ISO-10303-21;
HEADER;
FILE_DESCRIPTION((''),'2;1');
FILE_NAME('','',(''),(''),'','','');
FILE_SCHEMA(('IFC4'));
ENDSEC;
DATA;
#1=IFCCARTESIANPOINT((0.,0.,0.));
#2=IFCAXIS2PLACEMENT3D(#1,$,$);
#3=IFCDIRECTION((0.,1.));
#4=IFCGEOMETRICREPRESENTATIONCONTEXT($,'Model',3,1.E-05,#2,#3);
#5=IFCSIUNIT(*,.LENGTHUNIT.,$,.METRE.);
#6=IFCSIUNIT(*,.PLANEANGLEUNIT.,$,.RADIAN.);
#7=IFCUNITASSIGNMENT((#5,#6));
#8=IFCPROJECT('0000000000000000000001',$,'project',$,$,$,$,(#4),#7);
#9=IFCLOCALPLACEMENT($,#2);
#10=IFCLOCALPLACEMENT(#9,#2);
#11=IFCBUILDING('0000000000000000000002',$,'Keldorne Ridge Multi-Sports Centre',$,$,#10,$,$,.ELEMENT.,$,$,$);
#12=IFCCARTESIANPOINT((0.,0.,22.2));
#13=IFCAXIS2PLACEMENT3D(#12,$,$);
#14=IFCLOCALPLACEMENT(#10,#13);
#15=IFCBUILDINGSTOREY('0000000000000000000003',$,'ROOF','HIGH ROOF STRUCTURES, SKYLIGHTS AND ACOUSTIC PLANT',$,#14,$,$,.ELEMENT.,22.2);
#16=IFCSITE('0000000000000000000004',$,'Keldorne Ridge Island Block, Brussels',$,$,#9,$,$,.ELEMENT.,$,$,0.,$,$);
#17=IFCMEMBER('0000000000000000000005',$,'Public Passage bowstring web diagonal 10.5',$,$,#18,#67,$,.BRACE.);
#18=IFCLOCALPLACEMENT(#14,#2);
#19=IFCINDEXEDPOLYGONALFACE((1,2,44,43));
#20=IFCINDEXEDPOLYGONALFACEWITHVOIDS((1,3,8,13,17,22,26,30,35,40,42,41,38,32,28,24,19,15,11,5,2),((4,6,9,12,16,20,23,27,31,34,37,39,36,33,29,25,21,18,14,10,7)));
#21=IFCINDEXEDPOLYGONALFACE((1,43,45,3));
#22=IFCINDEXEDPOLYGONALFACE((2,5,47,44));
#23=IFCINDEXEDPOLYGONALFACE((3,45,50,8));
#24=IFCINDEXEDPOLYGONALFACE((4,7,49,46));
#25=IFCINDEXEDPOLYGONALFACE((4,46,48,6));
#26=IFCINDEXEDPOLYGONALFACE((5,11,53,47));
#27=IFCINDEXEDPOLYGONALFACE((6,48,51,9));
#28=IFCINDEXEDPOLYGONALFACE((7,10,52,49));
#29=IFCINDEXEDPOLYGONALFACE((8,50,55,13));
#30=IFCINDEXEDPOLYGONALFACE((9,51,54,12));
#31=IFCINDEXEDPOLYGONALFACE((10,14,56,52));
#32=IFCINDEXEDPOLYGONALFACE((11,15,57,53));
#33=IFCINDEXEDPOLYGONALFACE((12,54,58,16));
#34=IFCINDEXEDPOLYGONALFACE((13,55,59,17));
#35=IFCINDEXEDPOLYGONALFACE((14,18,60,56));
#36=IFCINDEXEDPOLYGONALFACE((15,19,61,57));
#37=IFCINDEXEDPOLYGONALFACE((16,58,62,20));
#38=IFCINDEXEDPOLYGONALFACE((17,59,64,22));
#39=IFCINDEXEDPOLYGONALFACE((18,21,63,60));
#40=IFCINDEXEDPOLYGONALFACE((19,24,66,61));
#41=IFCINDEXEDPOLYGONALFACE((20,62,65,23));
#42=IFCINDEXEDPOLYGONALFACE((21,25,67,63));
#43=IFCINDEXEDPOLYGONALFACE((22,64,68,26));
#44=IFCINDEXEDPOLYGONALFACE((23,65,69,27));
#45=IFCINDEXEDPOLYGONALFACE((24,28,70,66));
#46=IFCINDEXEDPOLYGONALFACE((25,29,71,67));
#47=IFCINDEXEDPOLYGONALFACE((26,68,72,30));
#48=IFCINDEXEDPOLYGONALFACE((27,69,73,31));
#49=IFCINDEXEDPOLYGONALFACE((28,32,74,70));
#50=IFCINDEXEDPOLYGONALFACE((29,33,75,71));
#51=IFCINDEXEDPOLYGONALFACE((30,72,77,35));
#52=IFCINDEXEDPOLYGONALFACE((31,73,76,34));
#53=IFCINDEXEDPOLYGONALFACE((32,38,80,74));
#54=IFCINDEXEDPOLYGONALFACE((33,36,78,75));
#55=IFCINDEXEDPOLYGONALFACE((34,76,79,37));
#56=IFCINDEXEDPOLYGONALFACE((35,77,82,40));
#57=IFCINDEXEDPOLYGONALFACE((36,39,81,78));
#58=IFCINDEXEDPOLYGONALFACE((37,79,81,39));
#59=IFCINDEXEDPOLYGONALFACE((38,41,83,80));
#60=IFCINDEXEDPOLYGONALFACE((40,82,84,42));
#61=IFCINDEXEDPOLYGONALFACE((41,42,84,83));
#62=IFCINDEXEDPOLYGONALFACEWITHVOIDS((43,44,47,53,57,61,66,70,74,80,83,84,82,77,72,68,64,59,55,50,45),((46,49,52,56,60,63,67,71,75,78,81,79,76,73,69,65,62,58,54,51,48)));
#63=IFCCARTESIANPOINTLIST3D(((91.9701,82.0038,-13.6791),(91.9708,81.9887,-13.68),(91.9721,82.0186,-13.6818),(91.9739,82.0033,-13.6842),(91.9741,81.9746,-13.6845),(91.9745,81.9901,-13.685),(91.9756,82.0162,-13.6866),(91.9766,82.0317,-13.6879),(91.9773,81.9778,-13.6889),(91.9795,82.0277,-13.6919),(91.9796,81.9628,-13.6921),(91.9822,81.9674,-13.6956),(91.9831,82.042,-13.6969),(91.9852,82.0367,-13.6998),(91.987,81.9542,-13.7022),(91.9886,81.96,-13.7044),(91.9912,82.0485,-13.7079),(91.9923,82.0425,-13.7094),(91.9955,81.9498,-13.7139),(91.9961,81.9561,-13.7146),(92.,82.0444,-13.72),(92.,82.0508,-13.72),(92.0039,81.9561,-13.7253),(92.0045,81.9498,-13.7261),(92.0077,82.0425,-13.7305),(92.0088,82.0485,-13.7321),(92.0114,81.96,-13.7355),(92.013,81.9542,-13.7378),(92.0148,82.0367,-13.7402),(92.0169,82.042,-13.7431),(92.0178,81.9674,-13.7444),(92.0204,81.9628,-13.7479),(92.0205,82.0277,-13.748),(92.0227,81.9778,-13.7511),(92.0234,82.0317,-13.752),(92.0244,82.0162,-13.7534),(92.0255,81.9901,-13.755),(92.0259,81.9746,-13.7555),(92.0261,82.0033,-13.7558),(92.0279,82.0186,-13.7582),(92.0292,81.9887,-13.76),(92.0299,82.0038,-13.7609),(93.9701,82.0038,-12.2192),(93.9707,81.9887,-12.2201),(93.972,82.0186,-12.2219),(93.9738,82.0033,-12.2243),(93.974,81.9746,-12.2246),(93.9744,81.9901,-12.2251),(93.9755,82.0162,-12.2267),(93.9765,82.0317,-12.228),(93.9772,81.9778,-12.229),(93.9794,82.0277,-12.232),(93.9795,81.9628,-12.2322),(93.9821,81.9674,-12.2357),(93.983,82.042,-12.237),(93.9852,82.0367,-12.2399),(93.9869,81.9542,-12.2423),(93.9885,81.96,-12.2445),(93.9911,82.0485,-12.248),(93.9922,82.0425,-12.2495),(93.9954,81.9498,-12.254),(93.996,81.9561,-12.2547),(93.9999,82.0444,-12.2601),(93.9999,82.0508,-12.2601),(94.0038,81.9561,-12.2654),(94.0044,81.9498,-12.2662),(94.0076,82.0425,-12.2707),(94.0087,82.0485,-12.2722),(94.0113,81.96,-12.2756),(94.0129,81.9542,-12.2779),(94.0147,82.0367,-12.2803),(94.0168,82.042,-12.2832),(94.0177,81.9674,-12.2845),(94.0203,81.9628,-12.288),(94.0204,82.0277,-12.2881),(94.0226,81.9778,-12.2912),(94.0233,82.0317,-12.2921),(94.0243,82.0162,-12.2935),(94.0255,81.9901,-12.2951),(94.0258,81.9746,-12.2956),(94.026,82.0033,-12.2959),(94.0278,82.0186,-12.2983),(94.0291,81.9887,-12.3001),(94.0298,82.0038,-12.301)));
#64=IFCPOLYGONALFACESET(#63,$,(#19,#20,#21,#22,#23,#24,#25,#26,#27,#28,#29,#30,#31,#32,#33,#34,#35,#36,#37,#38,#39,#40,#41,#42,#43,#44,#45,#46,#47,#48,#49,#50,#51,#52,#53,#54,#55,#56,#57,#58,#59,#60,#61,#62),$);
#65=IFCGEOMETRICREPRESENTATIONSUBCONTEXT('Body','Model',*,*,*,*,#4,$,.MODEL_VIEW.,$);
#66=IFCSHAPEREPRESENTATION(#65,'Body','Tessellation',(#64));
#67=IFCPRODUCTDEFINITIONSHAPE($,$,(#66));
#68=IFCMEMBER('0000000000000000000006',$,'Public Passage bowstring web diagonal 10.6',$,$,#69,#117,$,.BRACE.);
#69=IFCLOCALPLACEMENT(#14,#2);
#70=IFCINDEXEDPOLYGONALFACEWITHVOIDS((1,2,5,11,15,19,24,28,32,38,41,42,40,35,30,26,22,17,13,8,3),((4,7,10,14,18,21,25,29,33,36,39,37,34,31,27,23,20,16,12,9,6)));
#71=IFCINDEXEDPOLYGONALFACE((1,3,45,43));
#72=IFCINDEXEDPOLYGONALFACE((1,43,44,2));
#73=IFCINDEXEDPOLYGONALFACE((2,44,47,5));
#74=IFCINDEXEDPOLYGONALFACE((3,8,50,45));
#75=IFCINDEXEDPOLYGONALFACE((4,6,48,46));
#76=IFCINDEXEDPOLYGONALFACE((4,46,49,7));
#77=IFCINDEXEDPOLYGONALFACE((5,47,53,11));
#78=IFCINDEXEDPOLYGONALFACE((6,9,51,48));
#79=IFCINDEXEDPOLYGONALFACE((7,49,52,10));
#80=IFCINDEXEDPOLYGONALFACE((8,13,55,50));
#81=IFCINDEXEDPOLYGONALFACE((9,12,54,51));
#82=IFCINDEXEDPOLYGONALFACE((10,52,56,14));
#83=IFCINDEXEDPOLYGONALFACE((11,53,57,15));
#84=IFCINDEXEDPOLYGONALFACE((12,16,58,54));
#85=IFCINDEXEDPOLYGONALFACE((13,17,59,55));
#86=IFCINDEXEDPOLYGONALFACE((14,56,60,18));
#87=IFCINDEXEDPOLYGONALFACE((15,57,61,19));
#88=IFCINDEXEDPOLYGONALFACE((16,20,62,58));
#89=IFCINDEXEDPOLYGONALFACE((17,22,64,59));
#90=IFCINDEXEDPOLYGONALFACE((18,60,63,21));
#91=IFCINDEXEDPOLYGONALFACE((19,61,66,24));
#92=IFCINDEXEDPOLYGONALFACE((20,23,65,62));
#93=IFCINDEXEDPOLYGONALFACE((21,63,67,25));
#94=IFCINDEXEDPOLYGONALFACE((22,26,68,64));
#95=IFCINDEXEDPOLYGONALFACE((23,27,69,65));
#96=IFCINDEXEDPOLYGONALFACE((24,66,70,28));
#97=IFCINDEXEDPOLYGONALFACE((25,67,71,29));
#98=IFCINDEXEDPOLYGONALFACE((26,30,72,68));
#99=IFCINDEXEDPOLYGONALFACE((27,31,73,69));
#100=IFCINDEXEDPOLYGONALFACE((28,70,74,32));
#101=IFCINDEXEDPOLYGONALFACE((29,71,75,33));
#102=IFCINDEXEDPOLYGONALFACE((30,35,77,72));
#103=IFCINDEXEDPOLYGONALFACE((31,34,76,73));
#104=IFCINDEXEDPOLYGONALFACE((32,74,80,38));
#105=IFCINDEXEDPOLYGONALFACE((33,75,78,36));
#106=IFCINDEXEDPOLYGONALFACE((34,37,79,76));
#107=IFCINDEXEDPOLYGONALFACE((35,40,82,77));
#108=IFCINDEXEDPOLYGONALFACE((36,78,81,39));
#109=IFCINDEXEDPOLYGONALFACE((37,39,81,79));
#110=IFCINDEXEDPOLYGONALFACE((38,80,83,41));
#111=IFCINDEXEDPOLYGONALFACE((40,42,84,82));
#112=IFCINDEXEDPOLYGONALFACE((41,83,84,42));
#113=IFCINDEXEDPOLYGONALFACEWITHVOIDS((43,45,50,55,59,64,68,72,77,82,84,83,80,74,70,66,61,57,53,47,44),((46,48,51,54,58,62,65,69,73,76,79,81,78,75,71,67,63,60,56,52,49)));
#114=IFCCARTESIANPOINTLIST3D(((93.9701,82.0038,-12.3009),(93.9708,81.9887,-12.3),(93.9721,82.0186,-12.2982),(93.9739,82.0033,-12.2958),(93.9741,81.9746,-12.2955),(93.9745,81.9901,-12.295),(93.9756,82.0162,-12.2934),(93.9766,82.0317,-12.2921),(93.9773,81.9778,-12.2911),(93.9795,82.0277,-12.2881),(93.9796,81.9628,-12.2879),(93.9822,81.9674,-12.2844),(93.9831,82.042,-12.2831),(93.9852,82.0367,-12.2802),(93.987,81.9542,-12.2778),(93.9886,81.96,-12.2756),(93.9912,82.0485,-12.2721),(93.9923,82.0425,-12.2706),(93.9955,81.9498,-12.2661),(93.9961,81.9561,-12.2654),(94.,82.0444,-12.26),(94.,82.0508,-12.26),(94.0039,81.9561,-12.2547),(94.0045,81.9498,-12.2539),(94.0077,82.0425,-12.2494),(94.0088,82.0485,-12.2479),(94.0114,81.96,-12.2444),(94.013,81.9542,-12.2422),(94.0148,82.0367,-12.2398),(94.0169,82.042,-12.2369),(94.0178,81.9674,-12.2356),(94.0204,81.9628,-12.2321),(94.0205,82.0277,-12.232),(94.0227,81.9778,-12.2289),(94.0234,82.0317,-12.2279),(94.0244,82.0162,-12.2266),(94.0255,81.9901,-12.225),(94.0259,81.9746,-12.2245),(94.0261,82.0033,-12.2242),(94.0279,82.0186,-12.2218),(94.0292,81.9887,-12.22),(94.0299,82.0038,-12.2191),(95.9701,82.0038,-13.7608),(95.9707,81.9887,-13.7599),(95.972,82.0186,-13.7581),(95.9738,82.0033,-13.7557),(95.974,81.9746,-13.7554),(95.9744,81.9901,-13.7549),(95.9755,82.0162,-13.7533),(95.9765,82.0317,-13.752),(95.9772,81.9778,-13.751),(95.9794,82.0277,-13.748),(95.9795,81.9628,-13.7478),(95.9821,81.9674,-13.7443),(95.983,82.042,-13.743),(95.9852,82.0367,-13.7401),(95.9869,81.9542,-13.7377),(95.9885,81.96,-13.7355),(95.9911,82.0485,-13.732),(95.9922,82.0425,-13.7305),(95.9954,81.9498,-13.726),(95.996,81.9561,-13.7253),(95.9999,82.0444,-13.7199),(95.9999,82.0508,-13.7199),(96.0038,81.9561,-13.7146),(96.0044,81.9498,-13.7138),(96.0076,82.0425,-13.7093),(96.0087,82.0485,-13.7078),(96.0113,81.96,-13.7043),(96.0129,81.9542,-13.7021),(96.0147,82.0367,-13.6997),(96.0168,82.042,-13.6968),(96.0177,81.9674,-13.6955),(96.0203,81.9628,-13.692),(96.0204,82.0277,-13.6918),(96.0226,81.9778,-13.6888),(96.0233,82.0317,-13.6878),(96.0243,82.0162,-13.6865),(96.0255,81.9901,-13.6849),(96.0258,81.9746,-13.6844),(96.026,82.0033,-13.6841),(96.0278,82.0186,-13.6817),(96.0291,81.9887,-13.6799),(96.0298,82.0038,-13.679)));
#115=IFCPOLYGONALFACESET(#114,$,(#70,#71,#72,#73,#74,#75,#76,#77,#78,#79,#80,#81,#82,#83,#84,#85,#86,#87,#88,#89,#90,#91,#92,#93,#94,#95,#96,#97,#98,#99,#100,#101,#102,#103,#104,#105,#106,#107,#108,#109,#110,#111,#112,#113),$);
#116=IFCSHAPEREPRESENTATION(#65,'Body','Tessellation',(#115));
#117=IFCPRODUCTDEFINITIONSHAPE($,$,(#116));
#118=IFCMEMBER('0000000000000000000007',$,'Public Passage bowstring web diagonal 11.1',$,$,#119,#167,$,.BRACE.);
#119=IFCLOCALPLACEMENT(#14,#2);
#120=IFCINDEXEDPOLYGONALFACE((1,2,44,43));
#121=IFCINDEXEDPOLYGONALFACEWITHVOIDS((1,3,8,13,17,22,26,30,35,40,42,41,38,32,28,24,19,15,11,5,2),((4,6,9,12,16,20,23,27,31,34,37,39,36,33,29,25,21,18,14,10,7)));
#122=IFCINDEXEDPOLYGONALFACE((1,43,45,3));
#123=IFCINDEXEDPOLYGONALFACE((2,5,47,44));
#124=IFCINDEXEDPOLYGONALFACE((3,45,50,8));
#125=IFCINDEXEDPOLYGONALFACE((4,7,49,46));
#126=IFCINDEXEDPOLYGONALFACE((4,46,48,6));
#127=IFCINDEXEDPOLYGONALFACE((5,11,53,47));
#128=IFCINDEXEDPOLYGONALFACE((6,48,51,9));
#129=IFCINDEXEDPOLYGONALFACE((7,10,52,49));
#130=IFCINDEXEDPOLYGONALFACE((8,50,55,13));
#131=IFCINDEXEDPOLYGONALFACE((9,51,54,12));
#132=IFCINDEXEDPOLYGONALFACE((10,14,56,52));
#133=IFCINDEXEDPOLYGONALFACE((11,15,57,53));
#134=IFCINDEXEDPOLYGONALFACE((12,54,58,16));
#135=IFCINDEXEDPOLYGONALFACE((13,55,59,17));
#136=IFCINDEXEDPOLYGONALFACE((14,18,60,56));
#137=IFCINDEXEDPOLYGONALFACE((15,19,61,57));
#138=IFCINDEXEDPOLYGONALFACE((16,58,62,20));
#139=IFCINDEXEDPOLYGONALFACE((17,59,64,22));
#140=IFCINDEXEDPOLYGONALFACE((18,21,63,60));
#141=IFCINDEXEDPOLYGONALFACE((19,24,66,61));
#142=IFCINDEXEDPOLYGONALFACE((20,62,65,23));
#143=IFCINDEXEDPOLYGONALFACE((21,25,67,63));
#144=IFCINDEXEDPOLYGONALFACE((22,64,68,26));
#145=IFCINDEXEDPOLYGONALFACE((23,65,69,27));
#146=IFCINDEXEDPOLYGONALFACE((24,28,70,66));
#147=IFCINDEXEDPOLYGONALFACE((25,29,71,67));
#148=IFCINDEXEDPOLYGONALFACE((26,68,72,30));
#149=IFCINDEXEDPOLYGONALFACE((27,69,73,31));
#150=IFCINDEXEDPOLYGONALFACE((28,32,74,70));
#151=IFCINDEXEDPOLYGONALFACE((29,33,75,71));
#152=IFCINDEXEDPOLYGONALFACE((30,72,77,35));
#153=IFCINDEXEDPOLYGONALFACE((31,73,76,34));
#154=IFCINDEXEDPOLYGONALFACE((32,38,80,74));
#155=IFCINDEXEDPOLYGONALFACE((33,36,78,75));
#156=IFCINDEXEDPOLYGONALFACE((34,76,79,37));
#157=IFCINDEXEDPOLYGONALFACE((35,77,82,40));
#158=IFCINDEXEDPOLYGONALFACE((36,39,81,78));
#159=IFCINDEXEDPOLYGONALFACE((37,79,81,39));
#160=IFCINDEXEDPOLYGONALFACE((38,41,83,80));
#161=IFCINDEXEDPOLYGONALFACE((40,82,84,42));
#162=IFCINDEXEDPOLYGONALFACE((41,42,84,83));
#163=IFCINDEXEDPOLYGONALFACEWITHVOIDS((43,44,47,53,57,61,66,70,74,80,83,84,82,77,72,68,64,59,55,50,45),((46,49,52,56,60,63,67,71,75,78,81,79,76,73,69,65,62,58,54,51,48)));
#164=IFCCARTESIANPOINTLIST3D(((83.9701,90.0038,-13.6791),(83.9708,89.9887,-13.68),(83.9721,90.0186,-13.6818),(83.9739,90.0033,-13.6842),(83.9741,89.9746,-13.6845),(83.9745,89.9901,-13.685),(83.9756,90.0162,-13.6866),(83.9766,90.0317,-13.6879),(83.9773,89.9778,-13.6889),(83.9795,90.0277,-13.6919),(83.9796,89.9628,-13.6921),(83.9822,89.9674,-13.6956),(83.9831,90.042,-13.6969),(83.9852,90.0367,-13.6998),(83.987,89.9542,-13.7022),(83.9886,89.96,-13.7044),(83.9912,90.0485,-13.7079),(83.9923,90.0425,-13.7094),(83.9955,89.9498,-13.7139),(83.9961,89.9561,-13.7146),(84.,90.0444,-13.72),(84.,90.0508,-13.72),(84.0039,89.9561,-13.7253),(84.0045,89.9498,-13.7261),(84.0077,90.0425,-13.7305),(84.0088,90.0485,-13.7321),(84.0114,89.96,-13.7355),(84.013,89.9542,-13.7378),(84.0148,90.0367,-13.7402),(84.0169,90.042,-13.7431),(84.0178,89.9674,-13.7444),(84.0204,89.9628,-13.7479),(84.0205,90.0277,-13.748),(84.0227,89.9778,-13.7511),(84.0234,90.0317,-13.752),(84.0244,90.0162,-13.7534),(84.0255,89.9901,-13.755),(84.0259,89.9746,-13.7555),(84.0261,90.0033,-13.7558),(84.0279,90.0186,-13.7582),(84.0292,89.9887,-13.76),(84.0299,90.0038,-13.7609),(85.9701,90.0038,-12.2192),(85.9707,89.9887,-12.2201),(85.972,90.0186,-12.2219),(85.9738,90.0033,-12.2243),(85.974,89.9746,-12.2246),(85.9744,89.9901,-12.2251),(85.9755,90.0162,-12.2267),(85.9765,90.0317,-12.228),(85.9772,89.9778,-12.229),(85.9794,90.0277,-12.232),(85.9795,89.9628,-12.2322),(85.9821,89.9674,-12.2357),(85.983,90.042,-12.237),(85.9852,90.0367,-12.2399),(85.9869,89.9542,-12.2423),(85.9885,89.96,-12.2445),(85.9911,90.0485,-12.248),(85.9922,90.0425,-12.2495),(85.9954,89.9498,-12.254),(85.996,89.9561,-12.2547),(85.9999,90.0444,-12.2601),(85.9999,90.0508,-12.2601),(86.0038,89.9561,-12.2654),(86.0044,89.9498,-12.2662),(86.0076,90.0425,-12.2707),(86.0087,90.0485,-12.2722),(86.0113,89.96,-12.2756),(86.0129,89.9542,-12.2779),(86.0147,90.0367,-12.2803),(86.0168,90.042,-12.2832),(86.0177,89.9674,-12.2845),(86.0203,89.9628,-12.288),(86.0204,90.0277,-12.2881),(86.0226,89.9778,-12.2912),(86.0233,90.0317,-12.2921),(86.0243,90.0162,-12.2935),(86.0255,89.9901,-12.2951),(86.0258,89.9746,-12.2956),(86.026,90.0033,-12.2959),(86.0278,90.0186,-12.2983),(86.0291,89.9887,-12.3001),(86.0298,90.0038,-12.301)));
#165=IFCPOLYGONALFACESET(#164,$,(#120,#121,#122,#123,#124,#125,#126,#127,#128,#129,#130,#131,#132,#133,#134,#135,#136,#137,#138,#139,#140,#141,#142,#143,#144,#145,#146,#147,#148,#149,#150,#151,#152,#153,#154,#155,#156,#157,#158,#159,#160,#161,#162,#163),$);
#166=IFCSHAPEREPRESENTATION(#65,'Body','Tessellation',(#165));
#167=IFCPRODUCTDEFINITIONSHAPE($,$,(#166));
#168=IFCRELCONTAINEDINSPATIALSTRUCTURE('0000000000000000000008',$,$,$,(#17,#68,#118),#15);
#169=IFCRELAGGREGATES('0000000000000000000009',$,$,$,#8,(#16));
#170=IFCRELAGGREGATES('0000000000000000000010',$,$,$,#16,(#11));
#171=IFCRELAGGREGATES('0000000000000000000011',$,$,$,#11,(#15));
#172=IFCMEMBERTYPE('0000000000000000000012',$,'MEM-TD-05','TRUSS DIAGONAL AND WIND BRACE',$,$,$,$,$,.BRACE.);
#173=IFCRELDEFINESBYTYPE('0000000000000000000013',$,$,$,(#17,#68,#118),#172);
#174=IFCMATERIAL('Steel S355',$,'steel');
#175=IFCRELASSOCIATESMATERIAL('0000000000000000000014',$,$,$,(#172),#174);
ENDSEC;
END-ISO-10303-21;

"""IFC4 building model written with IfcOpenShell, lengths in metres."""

from ifc_helpers import new_model, si_unit, direction, frame, origin, origin_2d, place, context, subcontext, project, spatial, hollow_circle, extrude, material, material_profile, profile_set, type_object, element, save


model = new_model("IFC4")

# Units and contexts
model_context = context("Model", 3, precision=1e-05, world=origin(), true_north=direction((0.0, 1.0)))
body_context = subcontext(model_context, "Body", "Model", "MODEL_VIEW")
ifc_project = project(units=[si_unit("LENGTHUNIT", "METRE"), si_unit("PLANEANGLEUNIT", "RADIAN")], contexts=[model_context])

# Site, building, storey
site_placement = place(None, origin())
site = spatial("IfcSite", under=ifc_project, at=site_placement, Name="Keldorne Ridge Island Block, Brussels", CompositionType="ELEMENT", RefElevation=0.0)
building_placement = place(site_placement, origin())
building = spatial("IfcBuilding", under=site, at=building_placement, Name="Keldorne Ridge Multi-Sports Centre", CompositionType="ELEMENT")
storey_placement = place(building_placement, frame((0.0, 0.0, 22.2)))
storey = spatial("IfcBuildingStorey", under=building, at=storey_placement, Name="ROOF", Description="HIGH ROOF STRUCTURES, SKYLIGHTS AND ACOUSTIC PLANT", CompositionType="ELEMENT", Elevation=22.2)

# Members
ifc_material = material(Name="Steel S355", Category="steel")
ifc_material_profile_1 = material_profile(ifc_material, hollow_circle(Radius=0.0508, WallThickness=0.0063, at=origin_2d()), Name="CHS 101.6x6.3")
ifc_profile_set_1 = profile_set([ifc_material_profile_1], Name="Steel S355")
member_type_1 = type_object("IfcMemberType", Name="MEM-TD-05", Description="TRUSS DIAGONAL AND WIND BRACE", PredefinedType="BRACE", material=ifc_profile_set_1)
for number, where, z_axis, x_axis, name in (
    (1, (92.0, 82.0, -13.72), (0.807695, 0.0, 0.589601), (0.0, 1.0, 0.0), "Public Passage bowstring web diagonal 10.5"),
    (2, (94.0, 82.0, -12.26), (0.807695, 0.0, -0.589601), (0.0, 1.0, 0.0), "Public Passage bowstring web diagonal 10.6"),
    (3, (84.0, 90.0, -13.72), (0.807695, 0.0, 0.589601), (0.0, 1.0, 0.0), "Public Passage bowstring web diagonal 11.1"),
):
    element("IfcMember", number, at=place(storey_placement, frame(where, z_axis=z_axis, x_axis=x_axis)), inside=storey, type_object=member_type_1, Name=name, PredefinedType="BRACE", context=body_context, shape_type="SweptSolid", body=[
        extrude(hollow_circle(Radius=0.0508, WallThickness=0.0063, at=origin_2d()), origin(), (0.0, 0.0, 1.0), 2.4761),
    ])

save(model, "model.ifc")
